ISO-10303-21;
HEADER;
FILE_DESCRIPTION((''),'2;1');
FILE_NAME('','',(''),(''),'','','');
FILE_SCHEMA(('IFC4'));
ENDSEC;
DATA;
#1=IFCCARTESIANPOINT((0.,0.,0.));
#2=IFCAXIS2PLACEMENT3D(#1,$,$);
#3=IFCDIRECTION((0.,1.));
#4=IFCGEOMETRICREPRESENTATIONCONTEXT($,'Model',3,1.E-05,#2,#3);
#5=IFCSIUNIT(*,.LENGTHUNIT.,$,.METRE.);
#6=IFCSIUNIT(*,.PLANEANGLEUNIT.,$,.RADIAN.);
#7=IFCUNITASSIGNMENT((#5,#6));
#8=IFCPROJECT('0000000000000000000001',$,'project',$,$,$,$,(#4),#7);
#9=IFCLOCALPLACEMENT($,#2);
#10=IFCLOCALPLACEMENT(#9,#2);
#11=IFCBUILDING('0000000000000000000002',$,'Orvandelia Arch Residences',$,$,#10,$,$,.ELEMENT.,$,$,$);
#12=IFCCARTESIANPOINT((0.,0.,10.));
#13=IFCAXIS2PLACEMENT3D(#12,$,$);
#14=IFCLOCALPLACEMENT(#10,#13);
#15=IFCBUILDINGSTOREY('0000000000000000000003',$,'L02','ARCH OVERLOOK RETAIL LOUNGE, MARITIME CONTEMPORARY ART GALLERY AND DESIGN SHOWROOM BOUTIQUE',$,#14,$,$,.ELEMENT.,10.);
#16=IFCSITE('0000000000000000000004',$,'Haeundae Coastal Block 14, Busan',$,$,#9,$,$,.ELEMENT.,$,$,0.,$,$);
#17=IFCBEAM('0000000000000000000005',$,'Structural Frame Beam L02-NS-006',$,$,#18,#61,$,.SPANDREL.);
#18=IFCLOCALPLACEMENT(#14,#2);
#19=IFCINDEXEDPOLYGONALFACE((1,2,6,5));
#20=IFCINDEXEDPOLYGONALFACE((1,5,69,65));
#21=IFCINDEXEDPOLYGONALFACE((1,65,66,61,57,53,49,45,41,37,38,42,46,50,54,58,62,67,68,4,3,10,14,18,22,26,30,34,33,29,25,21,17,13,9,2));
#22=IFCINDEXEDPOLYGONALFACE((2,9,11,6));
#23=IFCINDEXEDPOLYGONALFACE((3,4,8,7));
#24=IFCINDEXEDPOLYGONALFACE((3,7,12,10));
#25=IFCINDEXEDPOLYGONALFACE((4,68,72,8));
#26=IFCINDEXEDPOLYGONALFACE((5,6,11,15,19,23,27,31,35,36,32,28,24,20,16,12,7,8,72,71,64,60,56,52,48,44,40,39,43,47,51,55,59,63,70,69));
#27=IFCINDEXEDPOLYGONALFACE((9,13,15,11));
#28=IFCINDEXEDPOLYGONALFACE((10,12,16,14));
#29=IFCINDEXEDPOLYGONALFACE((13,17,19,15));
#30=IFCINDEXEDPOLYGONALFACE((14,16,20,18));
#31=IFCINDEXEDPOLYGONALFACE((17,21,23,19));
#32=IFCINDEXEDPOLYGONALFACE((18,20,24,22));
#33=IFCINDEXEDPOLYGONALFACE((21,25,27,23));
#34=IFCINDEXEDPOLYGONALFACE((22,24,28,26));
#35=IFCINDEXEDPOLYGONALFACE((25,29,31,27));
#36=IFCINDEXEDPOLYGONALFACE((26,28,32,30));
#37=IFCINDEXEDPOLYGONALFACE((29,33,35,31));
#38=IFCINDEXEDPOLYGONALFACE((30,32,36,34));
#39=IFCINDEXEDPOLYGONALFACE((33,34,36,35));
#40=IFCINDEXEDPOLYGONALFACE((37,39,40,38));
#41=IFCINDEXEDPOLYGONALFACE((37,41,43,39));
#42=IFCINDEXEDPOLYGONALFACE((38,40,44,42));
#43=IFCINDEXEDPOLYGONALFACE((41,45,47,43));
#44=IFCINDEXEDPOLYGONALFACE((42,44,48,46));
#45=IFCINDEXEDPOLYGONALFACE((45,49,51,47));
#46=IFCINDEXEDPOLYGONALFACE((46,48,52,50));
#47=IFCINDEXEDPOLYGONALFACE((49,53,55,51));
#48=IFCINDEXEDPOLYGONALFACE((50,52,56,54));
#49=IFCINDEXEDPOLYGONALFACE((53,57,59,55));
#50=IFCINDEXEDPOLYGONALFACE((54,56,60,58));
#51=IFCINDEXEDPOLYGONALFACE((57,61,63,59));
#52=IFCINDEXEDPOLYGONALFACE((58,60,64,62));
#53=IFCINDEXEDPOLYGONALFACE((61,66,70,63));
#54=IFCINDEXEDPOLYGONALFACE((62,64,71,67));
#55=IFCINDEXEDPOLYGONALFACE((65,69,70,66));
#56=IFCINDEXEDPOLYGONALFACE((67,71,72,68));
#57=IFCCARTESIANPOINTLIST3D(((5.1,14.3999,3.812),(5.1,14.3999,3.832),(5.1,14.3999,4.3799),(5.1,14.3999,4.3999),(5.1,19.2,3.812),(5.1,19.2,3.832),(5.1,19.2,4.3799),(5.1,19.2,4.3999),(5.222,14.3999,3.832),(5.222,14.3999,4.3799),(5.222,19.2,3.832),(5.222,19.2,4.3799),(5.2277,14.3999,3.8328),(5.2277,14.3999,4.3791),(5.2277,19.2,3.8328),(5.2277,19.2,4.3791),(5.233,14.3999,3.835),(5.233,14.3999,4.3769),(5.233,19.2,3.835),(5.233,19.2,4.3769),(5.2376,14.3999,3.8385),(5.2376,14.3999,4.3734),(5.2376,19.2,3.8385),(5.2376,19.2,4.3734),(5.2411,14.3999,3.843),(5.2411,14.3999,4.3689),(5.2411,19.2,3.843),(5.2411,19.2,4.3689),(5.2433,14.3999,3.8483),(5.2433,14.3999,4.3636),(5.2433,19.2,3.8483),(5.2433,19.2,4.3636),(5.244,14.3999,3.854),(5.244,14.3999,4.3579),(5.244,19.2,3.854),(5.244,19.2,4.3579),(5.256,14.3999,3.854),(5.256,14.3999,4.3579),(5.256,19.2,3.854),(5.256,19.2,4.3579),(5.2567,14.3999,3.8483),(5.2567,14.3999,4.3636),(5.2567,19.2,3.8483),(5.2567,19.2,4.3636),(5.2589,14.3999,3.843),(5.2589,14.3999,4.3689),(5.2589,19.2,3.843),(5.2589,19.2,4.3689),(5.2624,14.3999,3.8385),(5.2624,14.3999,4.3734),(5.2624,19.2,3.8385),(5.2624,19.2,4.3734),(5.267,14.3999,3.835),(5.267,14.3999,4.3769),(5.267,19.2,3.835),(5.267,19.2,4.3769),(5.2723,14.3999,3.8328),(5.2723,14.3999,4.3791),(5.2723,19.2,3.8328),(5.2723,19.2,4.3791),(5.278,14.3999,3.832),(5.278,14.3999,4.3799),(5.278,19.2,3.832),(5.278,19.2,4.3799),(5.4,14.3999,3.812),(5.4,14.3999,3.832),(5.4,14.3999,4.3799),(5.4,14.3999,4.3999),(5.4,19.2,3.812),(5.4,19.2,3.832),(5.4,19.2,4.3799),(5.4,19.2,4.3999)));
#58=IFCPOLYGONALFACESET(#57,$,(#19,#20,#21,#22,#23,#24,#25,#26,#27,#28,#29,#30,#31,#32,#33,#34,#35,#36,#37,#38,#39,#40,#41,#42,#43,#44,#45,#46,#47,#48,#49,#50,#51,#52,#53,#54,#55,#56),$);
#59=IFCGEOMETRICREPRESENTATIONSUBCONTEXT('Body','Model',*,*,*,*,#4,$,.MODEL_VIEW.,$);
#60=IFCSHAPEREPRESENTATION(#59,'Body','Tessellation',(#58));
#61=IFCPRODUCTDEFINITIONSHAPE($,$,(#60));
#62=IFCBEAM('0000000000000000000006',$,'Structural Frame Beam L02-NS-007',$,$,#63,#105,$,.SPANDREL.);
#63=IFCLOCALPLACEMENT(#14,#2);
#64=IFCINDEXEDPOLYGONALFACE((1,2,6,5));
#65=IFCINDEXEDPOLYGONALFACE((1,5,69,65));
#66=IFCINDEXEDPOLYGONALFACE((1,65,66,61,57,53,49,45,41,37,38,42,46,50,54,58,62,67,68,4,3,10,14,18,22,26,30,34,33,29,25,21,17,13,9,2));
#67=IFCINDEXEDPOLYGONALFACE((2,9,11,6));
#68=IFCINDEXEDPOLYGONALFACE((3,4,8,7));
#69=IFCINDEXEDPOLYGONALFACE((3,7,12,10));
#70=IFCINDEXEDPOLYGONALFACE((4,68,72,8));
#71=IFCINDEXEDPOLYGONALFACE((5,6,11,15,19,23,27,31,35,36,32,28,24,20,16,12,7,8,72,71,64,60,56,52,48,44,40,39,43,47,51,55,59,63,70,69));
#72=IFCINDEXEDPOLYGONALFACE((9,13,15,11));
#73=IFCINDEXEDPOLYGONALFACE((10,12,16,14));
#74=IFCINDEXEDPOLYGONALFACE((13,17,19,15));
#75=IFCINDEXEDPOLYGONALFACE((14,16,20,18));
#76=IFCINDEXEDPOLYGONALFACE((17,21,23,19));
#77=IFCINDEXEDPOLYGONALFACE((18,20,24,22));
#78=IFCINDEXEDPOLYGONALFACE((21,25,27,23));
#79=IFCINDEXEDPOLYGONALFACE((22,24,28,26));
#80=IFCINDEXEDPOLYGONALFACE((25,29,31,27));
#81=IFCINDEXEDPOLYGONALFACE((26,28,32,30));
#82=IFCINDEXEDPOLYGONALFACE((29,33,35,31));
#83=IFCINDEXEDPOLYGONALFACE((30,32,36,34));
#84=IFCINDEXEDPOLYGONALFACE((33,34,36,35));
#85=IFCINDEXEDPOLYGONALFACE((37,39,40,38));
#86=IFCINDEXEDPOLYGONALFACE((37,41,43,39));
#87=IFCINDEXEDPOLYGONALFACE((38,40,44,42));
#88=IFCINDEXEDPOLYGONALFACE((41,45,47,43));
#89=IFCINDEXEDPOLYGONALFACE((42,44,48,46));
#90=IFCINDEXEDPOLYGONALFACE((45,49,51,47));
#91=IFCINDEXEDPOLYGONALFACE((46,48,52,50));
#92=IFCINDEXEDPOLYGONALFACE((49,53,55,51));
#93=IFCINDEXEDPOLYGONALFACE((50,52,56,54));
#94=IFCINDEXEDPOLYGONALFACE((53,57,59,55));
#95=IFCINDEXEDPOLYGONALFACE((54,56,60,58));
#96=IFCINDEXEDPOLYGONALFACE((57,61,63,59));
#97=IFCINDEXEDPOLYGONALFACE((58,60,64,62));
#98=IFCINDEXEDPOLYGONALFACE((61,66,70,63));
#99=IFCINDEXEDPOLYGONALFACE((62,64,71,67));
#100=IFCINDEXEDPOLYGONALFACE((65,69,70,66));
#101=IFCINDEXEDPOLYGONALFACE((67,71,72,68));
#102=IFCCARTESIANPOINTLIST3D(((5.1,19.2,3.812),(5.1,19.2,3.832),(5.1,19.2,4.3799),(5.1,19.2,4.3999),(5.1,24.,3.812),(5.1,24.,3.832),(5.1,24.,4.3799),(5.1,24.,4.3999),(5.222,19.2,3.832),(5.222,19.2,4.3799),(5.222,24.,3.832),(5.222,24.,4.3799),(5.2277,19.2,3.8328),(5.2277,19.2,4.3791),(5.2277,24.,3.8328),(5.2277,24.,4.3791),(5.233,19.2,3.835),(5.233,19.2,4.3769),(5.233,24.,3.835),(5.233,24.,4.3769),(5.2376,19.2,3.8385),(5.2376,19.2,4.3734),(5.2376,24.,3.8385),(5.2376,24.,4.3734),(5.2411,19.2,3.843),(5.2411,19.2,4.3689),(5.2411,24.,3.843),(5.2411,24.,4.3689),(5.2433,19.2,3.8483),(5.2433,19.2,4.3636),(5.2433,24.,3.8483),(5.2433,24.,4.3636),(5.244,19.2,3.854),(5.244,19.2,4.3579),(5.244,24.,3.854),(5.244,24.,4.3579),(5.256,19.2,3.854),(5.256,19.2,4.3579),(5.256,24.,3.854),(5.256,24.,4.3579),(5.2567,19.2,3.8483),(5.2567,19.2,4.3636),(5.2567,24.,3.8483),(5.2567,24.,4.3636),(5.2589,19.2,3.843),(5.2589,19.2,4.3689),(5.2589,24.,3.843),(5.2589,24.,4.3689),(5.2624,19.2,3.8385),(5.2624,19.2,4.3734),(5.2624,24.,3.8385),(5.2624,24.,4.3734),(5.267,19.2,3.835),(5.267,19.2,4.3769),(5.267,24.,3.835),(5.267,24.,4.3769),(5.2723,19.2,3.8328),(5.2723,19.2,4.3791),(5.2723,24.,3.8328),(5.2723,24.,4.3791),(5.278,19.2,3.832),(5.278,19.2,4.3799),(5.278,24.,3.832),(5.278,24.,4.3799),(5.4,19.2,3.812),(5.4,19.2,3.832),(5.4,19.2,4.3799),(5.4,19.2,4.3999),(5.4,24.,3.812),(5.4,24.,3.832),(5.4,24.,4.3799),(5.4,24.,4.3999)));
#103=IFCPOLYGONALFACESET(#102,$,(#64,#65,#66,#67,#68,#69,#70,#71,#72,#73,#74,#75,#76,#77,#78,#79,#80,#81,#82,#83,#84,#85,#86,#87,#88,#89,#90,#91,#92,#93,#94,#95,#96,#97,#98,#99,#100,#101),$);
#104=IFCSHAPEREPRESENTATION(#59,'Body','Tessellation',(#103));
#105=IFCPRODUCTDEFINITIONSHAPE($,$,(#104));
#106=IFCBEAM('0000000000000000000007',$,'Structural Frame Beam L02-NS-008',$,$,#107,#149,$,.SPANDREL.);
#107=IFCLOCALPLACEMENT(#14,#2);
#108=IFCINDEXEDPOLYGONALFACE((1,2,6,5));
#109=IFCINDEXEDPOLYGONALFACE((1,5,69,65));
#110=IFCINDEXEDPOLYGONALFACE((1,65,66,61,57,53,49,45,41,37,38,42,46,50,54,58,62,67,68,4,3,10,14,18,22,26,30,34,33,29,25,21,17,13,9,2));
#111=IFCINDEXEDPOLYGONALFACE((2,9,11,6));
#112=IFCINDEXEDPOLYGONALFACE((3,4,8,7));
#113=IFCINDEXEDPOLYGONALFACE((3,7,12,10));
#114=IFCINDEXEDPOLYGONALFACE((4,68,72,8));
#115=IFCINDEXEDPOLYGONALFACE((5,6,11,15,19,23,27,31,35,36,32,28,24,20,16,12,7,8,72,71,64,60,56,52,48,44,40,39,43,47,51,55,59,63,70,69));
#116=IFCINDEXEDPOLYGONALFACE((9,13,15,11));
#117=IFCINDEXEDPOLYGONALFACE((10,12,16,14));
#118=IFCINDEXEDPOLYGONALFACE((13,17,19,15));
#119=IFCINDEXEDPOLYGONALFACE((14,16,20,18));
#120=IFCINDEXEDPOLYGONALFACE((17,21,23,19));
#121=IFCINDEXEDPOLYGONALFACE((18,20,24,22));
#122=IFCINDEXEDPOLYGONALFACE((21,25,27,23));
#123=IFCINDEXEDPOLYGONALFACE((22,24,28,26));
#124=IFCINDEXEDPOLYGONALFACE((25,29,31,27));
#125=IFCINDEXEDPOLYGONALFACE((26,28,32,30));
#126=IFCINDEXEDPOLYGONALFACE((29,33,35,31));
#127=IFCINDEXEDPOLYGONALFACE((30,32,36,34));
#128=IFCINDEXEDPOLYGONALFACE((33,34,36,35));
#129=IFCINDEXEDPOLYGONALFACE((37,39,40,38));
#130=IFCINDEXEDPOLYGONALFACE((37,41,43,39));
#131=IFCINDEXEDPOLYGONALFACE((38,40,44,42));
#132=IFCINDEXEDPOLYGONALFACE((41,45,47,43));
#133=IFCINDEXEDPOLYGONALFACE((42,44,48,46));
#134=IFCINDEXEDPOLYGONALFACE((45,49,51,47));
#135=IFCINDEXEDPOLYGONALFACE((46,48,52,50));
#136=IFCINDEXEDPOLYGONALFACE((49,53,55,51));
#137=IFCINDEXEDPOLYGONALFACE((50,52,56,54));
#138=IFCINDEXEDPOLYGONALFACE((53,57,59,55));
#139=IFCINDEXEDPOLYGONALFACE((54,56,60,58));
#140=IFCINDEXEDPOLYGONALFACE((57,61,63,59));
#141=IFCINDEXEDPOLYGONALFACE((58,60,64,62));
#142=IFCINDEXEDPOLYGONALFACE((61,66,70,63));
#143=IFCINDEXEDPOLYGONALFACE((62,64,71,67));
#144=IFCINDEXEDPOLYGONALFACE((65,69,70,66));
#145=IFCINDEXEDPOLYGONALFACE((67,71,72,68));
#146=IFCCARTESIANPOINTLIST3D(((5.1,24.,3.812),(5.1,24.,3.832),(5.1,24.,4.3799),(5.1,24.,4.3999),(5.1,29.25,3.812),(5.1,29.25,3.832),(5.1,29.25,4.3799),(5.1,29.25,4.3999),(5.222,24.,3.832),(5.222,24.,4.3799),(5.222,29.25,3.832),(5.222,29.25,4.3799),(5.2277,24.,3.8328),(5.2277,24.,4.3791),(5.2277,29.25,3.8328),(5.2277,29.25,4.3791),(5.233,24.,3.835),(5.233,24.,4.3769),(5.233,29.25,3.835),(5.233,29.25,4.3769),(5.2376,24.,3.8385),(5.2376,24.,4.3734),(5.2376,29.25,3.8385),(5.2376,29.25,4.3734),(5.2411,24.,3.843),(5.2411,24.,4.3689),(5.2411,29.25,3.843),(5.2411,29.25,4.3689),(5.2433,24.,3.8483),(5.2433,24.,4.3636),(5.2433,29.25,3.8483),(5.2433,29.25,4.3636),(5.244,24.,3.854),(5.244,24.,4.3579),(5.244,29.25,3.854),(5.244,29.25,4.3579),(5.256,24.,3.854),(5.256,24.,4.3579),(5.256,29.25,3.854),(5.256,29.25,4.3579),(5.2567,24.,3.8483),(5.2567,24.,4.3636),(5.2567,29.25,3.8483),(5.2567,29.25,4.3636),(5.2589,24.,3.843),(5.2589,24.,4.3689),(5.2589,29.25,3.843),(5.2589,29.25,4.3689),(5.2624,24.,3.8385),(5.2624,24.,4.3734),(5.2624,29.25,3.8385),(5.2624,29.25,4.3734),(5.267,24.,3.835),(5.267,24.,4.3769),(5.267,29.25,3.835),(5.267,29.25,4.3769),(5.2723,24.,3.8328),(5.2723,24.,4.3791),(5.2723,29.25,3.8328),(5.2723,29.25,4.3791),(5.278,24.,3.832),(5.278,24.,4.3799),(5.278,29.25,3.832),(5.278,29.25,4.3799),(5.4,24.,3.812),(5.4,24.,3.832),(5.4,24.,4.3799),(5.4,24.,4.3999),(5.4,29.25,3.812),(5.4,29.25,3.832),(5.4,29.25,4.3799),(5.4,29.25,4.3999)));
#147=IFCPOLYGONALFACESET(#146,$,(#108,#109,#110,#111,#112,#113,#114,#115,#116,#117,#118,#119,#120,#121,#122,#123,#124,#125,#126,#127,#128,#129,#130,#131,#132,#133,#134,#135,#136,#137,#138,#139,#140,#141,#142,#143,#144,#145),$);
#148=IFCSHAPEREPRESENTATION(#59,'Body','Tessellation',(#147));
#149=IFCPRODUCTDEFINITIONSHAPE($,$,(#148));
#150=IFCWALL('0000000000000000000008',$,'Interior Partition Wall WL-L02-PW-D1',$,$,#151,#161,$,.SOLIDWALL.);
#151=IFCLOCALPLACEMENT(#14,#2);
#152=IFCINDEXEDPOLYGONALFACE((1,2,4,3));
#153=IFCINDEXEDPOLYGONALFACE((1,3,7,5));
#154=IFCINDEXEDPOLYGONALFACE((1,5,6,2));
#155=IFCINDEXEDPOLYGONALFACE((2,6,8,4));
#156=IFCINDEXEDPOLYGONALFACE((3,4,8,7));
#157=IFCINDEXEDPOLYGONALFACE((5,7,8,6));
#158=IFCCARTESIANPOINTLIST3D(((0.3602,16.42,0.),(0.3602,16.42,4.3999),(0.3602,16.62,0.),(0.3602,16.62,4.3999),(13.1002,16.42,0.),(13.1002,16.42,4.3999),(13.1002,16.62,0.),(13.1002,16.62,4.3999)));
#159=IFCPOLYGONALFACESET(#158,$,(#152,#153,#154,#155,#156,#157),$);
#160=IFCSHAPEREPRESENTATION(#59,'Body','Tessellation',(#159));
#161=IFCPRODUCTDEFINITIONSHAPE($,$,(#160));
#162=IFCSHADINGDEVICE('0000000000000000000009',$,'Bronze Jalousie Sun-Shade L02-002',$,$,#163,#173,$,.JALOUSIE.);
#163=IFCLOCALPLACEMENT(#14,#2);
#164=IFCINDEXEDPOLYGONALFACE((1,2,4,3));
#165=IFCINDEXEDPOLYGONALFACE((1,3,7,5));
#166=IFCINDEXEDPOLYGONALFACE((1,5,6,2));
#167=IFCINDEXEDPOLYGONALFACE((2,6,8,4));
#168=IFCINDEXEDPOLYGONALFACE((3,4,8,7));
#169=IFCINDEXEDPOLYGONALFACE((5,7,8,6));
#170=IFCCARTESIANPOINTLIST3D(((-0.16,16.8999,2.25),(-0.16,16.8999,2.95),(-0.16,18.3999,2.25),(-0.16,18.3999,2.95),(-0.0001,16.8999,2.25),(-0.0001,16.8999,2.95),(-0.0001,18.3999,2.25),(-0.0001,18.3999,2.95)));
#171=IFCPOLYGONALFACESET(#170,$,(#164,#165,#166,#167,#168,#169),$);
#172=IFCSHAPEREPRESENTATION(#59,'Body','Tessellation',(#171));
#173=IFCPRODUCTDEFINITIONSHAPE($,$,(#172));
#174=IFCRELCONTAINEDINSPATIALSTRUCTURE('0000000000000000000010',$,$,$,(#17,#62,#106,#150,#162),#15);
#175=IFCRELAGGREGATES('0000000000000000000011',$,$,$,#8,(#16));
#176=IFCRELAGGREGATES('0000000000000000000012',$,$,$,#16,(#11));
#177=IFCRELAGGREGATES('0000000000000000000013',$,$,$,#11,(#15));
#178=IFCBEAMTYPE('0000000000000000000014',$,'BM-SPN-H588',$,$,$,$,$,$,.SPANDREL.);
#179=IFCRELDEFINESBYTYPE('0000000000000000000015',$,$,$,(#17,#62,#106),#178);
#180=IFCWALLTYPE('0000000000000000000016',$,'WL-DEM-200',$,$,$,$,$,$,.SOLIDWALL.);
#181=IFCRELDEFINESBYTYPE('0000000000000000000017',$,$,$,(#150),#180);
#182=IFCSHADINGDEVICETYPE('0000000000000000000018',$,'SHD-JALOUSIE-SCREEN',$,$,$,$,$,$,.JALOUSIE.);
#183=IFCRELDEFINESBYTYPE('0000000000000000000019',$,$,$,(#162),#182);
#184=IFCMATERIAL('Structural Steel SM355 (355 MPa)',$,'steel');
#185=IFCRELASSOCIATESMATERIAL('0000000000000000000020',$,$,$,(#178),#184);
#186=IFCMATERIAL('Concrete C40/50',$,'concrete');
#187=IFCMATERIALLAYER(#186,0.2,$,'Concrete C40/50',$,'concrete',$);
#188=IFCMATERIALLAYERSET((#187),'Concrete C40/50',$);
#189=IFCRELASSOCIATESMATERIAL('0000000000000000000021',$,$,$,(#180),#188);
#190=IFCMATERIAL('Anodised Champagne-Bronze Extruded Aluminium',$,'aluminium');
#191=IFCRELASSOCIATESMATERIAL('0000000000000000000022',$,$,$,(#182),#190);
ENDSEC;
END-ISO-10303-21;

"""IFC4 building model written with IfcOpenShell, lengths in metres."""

from ifc_helpers import new_model, si_unit, direction, frame, frame_2d, origin, origin_2d, place, context, subcontext, project, spatial, rectangle, i_section, extrude, material, layer, layer_set, material_profile, profile_set, type_object, element, save


model = new_model("IFC4")

# Units and contexts
model_context = context("Model", 3, precision=1e-05, world=origin(), true_north=direction((0.0, 1.0)))
body_context = subcontext(model_context, "Body", "Model", "MODEL_VIEW")
ifc_project = project(units=[si_unit("LENGTHUNIT", "METRE"), si_unit("PLANEANGLEUNIT", "RADIAN")], contexts=[model_context])

# Site, building, storey
site_placement = place(None, origin())
site = spatial("IfcSite", under=ifc_project, at=site_placement, Name="Haeundae Coastal Block 14, Busan", CompositionType="ELEMENT", RefElevation=0.0)
building_placement = place(site_placement, origin())
building = spatial("IfcBuilding", under=site, at=building_placement, Name="Orvandelia Arch Residences", CompositionType="ELEMENT")
storey_placement = place(building_placement, frame((0.0, 0.0, 10.0)))
storey = spatial("IfcBuildingStorey", under=building, at=storey_placement, Name="L02", Description="ARCH OVERLOOK RETAIL LOUNGE, MARITIME CONTEMPORARY ART GALLERY AND DESIGN SHOWROOM BOUTIQUE", CompositionType="ELEMENT", Elevation=10.0)

# Beams
ifc_material_1 = material(Name="Structural Steel SM355 (355 MPa)", Category="steel")
ifc_material_profile_1 = material_profile(ifc_material_1, i_section(OverallWidth=0.3, OverallDepth=0.5879, WebThickness=0.012, FlangeThickness=0.02, FilletRadius=0.022, at=origin_2d()), Name="Structural Steel SM355 (355 MPa)", Category="steel")
ifc_profile_set_1 = profile_set([ifc_material_profile_1], Name="Structural Steel SM355 (355 MPa)")
beam_type_1 = type_object("IfcBeamType", Name="BM-SPN-H588", PredefinedType="SPANDREL", material=ifc_profile_set_1)
for number, where, z_axis, x_axis, name in (
    (1, (5.25, 14.3999, 4.106), (0.0, 1.0, 0.0), (-1.0, 0.0, 0.0), "Structural Frame Beam L02-NS-006"),
    (2, (5.25, 19.2, 4.106), (0.0, 1.0, 0.0), (-1.0, 0.0, 0.0), "Structural Frame Beam L02-NS-007"),
):
    element("IfcBeam", number, at=place(storey_placement, frame(where, z_axis=z_axis, x_axis=x_axis)), inside=storey, type_object=beam_type_1, Name=name, PredefinedType="SPANDREL", context=body_context, shape_type="SweptSolid", body=[
        extrude(i_section(OverallWidth=0.3, OverallDepth=0.5879, WebThickness=0.012, FlangeThickness=0.02, FilletRadius=0.022, at=origin_2d()), origin(), (0.0, 0.0, 1.0), 4.8),
    ])
beam_1_placement = place(storey_placement, frame((5.25, 24.0, 4.106), z_axis=(0.0, 1.0, 0.0), x_axis=(-1.0, 0.0, 0.0)))
element("IfcBeam", 3, at=beam_1_placement, inside=storey, type_object=beam_type_1, Name="Structural Frame Beam L02-NS-008", PredefinedType="SPANDREL", context=body_context, shape_type="SweptSolid", body=[
    extrude(i_section(OverallWidth=0.3, OverallDepth=0.5879, WebThickness=0.012, FlangeThickness=0.02, FilletRadius=0.022, at=origin_2d()), origin(), (0.0, 0.0, 1.0), 5.25),
])

# Wall
ifc_material_2 = material(Name="Concrete C40/50", Category="concrete")
ifc_layer = layer(ifc_material_2, 0.2, Name="Concrete C40/50", Category="concrete")
ifc_layer_set = layer_set([ifc_layer], Name="Concrete C40/50")
wall_type = type_object("IfcWallType", Name="WL-DEM-200", PredefinedType="SOLIDWALL", material=ifc_layer_set)
wall_placement = place(storey_placement, frame((0.3601, 16.52, 0.0), z_axis=(0.0, 0.0, 1.0), x_axis=(1.0, 0.0, 0.0)))
element("IfcWall", 4, at=wall_placement, inside=storey, type_object=wall_type, Name="Interior Partition Wall WL-L02-PW-D1", PredefinedType="SOLIDWALL", context=body_context, shape_type="SweptSolid", body=[
    extrude(rectangle(XDim=12.74, YDim=0.2, at=frame_2d((6.3701, 0.0))), origin(), (0.0, 0.0, 1.0), 4.3999),
])

# Shading device
ifc_material_3 = material(Name="Anodised Champagne-Bronze Extruded Aluminium", Category="aluminium")
shading_device_type = type_object("IfcShadingDeviceType", Name="SHD-JALOUSIE-SCREEN", PredefinedType="JALOUSIE", material=ifc_material_3)
shading_device_placement = place(storey_placement, frame((-0.0801, 17.6499, 2.25), z_axis=(0.0, 0.0, 1.0), x_axis=(0.0, 1.0, 0.0)))
element("IfcShadingDevice", 5, at=shading_device_placement, inside=storey, type_object=shading_device_type, Name="Bronze Jalousie Sun-Shade L02-002", PredefinedType="JALOUSIE", context=body_context, shape_type="SweptSolid", body=[
    extrude(rectangle(XDim=1.5, YDim=0.1599, at=origin_2d()), origin(), (0.0, 0.0, 1.0), 0.7),
])

save(model, "model.ifc")
